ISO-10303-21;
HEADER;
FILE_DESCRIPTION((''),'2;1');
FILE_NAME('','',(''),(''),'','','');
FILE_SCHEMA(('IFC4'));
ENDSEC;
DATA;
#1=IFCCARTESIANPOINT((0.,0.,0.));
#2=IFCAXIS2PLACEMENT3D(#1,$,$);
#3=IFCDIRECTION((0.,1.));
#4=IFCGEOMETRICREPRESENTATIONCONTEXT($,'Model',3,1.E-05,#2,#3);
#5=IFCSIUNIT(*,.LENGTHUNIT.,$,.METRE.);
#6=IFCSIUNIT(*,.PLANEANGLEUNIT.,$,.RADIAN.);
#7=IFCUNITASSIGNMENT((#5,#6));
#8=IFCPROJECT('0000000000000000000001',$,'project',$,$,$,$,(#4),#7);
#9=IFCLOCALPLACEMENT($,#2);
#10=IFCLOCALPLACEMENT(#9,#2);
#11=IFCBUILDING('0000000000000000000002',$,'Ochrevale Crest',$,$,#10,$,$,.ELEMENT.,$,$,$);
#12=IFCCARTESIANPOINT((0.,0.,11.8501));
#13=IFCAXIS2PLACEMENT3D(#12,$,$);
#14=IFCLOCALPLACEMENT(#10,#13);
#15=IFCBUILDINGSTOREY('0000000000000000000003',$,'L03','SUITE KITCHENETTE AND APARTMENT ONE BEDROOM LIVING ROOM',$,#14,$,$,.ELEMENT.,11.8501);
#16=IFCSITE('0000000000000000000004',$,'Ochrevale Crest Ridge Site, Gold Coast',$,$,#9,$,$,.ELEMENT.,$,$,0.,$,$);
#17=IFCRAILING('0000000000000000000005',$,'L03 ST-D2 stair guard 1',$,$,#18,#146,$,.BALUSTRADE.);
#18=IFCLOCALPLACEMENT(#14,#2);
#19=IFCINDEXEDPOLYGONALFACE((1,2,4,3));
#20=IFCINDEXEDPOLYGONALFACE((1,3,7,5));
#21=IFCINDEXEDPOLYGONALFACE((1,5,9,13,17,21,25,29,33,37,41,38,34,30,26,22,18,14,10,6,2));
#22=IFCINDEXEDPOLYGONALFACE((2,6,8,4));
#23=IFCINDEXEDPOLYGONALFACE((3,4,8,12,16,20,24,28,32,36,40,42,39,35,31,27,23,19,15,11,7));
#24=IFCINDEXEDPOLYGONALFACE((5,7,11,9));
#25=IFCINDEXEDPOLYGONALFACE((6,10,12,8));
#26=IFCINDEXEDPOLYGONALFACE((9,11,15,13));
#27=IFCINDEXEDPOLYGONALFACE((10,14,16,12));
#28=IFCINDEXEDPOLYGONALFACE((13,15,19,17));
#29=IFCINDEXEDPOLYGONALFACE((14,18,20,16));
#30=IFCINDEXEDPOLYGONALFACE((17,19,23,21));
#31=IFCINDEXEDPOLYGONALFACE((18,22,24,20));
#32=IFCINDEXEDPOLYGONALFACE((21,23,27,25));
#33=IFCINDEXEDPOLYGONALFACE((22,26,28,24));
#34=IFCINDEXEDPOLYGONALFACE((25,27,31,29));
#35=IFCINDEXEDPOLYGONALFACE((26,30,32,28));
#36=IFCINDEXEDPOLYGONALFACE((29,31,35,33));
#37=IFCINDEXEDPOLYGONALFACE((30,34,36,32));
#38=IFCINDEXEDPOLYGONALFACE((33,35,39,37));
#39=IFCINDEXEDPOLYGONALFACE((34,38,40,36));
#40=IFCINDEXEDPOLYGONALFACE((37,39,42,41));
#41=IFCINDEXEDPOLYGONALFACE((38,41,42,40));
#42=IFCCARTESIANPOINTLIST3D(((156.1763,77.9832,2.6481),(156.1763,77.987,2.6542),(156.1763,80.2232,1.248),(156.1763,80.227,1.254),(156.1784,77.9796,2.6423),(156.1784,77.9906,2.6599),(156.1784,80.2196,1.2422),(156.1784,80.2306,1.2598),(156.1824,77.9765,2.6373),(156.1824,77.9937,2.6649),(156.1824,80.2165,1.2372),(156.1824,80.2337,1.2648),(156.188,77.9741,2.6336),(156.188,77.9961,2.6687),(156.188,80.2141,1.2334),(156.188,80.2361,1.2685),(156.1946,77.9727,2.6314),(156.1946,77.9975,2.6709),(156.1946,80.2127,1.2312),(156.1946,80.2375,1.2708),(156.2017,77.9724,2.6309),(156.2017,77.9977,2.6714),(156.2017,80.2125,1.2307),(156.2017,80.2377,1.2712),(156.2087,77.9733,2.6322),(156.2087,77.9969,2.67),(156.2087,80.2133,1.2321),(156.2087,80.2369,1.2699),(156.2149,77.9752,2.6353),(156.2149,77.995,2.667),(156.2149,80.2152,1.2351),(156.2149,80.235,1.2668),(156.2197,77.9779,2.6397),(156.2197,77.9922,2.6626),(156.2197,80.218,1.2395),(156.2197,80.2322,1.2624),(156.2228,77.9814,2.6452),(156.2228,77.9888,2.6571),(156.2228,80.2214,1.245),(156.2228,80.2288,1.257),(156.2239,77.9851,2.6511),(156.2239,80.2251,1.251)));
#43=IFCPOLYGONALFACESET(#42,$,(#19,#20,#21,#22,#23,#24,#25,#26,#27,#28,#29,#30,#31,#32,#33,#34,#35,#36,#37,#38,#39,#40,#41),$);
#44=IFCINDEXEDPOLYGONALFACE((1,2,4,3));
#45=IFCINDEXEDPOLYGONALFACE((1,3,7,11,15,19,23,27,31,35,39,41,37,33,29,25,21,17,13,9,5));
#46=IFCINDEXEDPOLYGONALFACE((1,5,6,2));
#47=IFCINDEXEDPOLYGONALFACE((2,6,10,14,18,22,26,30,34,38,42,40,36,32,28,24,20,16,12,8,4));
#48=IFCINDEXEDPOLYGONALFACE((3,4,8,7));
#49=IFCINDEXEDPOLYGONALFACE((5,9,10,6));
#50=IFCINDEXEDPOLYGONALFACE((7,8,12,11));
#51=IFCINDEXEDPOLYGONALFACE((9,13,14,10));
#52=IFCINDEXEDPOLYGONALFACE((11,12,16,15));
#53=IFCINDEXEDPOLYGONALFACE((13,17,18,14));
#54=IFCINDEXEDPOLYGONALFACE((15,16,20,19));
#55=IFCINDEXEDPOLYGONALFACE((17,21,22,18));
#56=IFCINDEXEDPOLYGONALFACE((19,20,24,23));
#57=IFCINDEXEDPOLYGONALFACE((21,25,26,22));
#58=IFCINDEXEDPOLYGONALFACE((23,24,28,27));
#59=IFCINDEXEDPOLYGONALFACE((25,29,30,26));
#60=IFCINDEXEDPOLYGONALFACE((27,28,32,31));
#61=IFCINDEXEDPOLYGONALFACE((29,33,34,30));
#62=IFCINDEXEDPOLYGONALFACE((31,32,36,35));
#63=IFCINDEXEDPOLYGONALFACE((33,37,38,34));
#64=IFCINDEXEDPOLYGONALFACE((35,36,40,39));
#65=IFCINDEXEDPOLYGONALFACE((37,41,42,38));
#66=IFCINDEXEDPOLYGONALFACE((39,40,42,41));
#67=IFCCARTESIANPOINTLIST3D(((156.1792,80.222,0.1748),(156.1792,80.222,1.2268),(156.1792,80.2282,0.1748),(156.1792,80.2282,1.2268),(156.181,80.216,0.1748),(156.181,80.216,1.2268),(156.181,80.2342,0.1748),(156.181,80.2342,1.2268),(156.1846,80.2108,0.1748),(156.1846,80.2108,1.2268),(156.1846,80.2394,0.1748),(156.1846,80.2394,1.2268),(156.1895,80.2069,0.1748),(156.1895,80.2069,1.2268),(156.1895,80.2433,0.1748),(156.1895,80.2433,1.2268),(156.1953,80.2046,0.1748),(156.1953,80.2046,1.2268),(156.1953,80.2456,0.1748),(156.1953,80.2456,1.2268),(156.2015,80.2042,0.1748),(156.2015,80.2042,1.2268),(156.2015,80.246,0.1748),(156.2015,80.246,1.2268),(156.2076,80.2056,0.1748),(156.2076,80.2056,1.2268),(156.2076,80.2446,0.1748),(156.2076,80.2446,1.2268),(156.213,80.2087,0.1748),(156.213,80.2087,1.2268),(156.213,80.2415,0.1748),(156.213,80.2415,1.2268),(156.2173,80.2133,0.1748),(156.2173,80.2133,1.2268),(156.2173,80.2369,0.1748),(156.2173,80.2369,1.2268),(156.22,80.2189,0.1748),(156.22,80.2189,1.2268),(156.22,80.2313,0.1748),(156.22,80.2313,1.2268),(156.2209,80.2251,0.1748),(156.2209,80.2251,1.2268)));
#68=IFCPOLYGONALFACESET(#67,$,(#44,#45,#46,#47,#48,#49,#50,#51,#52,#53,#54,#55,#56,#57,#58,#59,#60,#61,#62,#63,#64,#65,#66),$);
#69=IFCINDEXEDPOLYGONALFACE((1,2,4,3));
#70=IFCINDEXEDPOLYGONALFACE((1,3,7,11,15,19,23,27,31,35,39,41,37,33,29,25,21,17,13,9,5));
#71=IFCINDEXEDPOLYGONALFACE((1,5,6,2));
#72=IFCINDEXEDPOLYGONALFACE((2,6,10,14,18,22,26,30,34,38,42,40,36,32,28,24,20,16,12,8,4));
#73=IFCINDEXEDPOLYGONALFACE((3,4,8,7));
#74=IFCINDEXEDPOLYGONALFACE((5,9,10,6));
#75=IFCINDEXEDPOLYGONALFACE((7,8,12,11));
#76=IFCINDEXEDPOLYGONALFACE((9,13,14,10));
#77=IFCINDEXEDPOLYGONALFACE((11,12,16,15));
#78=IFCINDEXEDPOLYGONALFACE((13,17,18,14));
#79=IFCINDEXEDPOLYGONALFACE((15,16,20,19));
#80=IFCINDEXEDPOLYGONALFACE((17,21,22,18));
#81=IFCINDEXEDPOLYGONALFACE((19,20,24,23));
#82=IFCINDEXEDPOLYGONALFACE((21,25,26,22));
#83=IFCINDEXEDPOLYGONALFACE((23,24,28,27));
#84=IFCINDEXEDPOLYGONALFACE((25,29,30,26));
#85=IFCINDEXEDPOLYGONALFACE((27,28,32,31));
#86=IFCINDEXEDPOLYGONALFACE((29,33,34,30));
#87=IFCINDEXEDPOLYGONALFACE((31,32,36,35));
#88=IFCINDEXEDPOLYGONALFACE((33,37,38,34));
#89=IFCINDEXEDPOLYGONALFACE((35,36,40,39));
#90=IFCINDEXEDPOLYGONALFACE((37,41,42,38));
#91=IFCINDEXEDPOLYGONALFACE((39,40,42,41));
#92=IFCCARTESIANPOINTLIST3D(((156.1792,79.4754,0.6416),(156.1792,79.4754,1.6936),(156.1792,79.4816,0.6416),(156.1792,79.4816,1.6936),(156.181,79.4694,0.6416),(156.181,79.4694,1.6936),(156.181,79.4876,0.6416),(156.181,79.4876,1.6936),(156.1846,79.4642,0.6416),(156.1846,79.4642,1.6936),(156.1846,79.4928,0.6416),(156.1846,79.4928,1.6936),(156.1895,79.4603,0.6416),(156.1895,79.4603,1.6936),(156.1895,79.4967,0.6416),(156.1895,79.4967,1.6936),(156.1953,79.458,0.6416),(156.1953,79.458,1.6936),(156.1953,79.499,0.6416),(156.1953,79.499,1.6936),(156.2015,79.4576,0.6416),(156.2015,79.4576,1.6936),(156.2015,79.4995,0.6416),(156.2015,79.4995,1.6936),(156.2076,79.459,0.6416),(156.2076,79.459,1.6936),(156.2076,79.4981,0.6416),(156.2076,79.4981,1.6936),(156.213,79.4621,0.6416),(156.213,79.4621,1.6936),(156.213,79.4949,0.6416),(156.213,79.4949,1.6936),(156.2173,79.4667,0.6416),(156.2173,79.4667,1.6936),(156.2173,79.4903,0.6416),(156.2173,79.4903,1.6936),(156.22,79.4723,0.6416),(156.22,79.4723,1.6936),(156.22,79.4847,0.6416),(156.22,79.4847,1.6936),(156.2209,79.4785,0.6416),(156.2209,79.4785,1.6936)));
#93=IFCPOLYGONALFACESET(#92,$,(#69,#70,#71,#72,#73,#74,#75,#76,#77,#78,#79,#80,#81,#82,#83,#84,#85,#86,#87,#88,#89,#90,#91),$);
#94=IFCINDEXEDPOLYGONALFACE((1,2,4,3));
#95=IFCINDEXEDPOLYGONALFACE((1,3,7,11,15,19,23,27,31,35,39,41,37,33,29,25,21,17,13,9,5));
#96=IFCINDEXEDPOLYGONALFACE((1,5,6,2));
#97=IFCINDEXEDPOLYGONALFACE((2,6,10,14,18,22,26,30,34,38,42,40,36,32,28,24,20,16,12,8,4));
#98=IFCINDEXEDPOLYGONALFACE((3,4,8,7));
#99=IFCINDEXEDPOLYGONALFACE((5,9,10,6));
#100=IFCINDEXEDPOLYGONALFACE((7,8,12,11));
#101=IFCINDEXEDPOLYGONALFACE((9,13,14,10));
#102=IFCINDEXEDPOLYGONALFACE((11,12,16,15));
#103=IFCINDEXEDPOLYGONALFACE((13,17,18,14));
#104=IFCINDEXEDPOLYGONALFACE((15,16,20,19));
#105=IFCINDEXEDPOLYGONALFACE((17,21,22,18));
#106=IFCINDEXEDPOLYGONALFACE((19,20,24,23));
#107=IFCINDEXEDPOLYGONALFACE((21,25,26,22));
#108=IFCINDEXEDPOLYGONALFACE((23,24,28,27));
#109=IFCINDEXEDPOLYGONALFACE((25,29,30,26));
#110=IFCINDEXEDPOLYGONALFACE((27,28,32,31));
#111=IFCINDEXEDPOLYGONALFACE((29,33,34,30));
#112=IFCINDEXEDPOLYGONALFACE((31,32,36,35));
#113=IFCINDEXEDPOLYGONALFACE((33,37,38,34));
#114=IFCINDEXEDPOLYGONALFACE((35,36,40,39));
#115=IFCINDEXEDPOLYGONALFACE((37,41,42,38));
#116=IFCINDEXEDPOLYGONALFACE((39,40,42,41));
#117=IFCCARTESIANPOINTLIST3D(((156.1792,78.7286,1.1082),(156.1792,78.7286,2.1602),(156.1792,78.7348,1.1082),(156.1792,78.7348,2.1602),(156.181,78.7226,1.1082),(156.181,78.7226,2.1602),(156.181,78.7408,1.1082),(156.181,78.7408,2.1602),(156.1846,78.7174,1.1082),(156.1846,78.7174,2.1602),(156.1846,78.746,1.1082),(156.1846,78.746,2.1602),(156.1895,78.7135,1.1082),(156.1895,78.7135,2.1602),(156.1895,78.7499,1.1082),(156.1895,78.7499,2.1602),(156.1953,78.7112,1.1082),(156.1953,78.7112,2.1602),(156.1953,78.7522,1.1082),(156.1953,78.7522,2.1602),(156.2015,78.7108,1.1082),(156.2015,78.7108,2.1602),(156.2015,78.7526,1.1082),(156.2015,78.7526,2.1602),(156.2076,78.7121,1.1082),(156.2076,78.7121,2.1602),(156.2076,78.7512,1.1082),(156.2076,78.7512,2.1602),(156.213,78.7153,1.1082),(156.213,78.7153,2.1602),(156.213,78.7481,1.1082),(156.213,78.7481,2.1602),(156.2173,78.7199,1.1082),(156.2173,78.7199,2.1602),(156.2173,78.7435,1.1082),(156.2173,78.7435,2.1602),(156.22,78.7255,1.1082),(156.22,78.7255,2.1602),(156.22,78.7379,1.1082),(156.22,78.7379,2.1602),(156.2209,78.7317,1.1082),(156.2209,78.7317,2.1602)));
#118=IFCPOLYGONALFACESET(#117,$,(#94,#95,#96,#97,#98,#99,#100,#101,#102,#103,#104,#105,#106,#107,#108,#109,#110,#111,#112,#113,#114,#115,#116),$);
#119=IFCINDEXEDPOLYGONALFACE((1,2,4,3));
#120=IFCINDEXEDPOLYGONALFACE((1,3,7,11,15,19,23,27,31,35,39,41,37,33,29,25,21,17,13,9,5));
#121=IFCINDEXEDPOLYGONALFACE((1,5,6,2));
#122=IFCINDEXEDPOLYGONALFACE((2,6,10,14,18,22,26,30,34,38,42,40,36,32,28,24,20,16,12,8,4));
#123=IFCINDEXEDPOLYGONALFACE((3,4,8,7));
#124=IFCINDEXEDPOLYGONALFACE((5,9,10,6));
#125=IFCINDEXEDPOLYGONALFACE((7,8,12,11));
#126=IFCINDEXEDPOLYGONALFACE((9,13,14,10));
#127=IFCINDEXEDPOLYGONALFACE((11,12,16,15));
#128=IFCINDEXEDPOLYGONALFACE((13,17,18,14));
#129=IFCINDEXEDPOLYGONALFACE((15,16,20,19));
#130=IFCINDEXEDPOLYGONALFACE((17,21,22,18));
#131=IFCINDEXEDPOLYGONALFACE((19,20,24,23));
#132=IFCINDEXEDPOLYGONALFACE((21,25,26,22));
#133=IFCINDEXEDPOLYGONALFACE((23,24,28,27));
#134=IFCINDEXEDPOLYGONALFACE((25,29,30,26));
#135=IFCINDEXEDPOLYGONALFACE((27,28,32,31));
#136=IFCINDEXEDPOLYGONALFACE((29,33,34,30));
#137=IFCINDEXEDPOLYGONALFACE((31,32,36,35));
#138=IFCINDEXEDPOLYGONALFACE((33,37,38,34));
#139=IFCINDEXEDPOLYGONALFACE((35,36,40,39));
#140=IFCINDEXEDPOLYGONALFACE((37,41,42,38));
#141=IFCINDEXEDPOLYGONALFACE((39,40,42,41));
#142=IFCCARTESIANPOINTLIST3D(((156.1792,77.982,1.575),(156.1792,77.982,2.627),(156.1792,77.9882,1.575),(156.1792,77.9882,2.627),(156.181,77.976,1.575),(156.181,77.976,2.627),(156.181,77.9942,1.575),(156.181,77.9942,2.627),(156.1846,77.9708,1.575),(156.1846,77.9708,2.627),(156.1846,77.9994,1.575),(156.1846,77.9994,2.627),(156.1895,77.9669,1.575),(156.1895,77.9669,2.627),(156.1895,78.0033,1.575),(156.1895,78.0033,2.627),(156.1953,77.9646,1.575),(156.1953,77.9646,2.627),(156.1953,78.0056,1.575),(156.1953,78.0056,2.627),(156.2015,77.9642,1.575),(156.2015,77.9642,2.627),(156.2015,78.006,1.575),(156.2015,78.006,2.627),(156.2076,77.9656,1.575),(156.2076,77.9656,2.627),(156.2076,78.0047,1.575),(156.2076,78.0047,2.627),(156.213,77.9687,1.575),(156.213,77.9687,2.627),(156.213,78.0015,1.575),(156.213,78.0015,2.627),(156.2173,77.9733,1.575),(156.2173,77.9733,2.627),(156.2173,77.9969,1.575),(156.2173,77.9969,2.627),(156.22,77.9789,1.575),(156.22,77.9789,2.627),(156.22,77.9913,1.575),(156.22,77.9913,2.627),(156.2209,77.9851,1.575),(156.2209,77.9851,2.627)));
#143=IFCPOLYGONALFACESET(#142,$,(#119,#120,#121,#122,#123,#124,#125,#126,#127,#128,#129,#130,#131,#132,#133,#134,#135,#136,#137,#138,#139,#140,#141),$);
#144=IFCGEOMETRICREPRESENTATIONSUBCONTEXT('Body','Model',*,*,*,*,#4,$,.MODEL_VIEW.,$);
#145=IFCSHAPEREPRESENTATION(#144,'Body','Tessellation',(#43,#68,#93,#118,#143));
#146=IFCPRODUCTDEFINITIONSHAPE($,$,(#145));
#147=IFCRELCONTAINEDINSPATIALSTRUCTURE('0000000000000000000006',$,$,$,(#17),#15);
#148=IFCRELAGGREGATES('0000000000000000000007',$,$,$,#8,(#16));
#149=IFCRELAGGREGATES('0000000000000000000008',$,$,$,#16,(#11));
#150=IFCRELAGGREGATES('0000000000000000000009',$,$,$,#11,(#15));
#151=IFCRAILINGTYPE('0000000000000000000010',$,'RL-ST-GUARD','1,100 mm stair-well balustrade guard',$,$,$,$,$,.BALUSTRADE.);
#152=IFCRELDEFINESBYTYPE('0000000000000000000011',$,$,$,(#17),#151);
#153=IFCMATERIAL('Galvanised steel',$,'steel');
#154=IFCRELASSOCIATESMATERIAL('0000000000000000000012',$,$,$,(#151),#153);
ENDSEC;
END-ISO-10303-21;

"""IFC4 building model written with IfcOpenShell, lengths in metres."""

from ifc_helpers import new_model, si_unit, direction, frame, origin, origin_2d, place, context, subcontext, project, spatial, circle, extrude, material, type_object, element, save


model = new_model("IFC4")

# Units and contexts
model_context = context("Model", 3, precision=1e-05, world=origin(), true_north=direction((0.0, 1.0)))
body_context = subcontext(model_context, "Body", "Model", "MODEL_VIEW")
ifc_project = project(units=[si_unit("LENGTHUNIT", "METRE"), si_unit("PLANEANGLEUNIT", "RADIAN")], contexts=[model_context])

# Site, building, storey
site_placement = place(None, origin())
site = spatial("IfcSite", under=ifc_project, at=site_placement, Name="Ochrevale Crest Ridge Site, Gold Coast", CompositionType="ELEMENT", RefElevation=0.0)
building_placement = place(site_placement, origin())
building = spatial("IfcBuilding", under=site, at=building_placement, Name="Ochrevale Crest", CompositionType="ELEMENT")
storey_placement = place(building_placement, frame((0.0, 0.0, 11.8501)))
storey = spatial("IfcBuildingStorey", under=building, at=storey_placement, Name="L03", Description="SUITE KITCHENETTE AND APARTMENT ONE BEDROOM LIVING ROOM", CompositionType="ELEMENT", Elevation=11.8501)

# Railing
ifc_material_1 = material(Name="Galvanised steel", Category="steel")
railing_type_1 = type_object("IfcRailingType", Name="RL-ST-GUARD", Description="1,100 mm stair-well balustrade guard", PredefinedType="BALUSTRADE", material=ifc_material_1)
railing_1_placement = place(storey_placement, frame((156.2, 80.2251, 0.1748)))
element("IfcRailing", 1, at=railing_1_placement, inside=storey, type_object=railing_type_1, Name="L03 ST-D2 stair guard 1", PredefinedType="BALUSTRADE", context=body_context, shape_type="SweptSolid", body=[
    extrude(circle(Radius=0.0239, at=origin_2d()), frame((0.0, 0.0, 1.0762), z_axis=(0.0, -0.847972, 0.53004), x_axis=(1.0, 0.0, 0.0)), (0.0, 0.0, 1.0), 2.6416),
    extrude(circle(Radius=0.021, at=origin_2d()), origin(), (0.0, 0.0, 1.0), 1.052),
    extrude(circle(Radius=0.021, at=origin_2d()), frame((0.0, -0.7466, 0.4668)), (0.0, 0.0, 1.0), 1.052),
    extrude(circle(Radius=0.021, at=origin_2d()), frame((0.0, -1.4934, 0.9333)), (0.0, 0.0, 1.0), 1.052),
    extrude(circle(Radius=0.021, at=origin_2d()), frame((0.0, -2.24, 1.4001)), (0.0, 0.0, 1.0), 1.052),
])

save(model, "model.ifc")
